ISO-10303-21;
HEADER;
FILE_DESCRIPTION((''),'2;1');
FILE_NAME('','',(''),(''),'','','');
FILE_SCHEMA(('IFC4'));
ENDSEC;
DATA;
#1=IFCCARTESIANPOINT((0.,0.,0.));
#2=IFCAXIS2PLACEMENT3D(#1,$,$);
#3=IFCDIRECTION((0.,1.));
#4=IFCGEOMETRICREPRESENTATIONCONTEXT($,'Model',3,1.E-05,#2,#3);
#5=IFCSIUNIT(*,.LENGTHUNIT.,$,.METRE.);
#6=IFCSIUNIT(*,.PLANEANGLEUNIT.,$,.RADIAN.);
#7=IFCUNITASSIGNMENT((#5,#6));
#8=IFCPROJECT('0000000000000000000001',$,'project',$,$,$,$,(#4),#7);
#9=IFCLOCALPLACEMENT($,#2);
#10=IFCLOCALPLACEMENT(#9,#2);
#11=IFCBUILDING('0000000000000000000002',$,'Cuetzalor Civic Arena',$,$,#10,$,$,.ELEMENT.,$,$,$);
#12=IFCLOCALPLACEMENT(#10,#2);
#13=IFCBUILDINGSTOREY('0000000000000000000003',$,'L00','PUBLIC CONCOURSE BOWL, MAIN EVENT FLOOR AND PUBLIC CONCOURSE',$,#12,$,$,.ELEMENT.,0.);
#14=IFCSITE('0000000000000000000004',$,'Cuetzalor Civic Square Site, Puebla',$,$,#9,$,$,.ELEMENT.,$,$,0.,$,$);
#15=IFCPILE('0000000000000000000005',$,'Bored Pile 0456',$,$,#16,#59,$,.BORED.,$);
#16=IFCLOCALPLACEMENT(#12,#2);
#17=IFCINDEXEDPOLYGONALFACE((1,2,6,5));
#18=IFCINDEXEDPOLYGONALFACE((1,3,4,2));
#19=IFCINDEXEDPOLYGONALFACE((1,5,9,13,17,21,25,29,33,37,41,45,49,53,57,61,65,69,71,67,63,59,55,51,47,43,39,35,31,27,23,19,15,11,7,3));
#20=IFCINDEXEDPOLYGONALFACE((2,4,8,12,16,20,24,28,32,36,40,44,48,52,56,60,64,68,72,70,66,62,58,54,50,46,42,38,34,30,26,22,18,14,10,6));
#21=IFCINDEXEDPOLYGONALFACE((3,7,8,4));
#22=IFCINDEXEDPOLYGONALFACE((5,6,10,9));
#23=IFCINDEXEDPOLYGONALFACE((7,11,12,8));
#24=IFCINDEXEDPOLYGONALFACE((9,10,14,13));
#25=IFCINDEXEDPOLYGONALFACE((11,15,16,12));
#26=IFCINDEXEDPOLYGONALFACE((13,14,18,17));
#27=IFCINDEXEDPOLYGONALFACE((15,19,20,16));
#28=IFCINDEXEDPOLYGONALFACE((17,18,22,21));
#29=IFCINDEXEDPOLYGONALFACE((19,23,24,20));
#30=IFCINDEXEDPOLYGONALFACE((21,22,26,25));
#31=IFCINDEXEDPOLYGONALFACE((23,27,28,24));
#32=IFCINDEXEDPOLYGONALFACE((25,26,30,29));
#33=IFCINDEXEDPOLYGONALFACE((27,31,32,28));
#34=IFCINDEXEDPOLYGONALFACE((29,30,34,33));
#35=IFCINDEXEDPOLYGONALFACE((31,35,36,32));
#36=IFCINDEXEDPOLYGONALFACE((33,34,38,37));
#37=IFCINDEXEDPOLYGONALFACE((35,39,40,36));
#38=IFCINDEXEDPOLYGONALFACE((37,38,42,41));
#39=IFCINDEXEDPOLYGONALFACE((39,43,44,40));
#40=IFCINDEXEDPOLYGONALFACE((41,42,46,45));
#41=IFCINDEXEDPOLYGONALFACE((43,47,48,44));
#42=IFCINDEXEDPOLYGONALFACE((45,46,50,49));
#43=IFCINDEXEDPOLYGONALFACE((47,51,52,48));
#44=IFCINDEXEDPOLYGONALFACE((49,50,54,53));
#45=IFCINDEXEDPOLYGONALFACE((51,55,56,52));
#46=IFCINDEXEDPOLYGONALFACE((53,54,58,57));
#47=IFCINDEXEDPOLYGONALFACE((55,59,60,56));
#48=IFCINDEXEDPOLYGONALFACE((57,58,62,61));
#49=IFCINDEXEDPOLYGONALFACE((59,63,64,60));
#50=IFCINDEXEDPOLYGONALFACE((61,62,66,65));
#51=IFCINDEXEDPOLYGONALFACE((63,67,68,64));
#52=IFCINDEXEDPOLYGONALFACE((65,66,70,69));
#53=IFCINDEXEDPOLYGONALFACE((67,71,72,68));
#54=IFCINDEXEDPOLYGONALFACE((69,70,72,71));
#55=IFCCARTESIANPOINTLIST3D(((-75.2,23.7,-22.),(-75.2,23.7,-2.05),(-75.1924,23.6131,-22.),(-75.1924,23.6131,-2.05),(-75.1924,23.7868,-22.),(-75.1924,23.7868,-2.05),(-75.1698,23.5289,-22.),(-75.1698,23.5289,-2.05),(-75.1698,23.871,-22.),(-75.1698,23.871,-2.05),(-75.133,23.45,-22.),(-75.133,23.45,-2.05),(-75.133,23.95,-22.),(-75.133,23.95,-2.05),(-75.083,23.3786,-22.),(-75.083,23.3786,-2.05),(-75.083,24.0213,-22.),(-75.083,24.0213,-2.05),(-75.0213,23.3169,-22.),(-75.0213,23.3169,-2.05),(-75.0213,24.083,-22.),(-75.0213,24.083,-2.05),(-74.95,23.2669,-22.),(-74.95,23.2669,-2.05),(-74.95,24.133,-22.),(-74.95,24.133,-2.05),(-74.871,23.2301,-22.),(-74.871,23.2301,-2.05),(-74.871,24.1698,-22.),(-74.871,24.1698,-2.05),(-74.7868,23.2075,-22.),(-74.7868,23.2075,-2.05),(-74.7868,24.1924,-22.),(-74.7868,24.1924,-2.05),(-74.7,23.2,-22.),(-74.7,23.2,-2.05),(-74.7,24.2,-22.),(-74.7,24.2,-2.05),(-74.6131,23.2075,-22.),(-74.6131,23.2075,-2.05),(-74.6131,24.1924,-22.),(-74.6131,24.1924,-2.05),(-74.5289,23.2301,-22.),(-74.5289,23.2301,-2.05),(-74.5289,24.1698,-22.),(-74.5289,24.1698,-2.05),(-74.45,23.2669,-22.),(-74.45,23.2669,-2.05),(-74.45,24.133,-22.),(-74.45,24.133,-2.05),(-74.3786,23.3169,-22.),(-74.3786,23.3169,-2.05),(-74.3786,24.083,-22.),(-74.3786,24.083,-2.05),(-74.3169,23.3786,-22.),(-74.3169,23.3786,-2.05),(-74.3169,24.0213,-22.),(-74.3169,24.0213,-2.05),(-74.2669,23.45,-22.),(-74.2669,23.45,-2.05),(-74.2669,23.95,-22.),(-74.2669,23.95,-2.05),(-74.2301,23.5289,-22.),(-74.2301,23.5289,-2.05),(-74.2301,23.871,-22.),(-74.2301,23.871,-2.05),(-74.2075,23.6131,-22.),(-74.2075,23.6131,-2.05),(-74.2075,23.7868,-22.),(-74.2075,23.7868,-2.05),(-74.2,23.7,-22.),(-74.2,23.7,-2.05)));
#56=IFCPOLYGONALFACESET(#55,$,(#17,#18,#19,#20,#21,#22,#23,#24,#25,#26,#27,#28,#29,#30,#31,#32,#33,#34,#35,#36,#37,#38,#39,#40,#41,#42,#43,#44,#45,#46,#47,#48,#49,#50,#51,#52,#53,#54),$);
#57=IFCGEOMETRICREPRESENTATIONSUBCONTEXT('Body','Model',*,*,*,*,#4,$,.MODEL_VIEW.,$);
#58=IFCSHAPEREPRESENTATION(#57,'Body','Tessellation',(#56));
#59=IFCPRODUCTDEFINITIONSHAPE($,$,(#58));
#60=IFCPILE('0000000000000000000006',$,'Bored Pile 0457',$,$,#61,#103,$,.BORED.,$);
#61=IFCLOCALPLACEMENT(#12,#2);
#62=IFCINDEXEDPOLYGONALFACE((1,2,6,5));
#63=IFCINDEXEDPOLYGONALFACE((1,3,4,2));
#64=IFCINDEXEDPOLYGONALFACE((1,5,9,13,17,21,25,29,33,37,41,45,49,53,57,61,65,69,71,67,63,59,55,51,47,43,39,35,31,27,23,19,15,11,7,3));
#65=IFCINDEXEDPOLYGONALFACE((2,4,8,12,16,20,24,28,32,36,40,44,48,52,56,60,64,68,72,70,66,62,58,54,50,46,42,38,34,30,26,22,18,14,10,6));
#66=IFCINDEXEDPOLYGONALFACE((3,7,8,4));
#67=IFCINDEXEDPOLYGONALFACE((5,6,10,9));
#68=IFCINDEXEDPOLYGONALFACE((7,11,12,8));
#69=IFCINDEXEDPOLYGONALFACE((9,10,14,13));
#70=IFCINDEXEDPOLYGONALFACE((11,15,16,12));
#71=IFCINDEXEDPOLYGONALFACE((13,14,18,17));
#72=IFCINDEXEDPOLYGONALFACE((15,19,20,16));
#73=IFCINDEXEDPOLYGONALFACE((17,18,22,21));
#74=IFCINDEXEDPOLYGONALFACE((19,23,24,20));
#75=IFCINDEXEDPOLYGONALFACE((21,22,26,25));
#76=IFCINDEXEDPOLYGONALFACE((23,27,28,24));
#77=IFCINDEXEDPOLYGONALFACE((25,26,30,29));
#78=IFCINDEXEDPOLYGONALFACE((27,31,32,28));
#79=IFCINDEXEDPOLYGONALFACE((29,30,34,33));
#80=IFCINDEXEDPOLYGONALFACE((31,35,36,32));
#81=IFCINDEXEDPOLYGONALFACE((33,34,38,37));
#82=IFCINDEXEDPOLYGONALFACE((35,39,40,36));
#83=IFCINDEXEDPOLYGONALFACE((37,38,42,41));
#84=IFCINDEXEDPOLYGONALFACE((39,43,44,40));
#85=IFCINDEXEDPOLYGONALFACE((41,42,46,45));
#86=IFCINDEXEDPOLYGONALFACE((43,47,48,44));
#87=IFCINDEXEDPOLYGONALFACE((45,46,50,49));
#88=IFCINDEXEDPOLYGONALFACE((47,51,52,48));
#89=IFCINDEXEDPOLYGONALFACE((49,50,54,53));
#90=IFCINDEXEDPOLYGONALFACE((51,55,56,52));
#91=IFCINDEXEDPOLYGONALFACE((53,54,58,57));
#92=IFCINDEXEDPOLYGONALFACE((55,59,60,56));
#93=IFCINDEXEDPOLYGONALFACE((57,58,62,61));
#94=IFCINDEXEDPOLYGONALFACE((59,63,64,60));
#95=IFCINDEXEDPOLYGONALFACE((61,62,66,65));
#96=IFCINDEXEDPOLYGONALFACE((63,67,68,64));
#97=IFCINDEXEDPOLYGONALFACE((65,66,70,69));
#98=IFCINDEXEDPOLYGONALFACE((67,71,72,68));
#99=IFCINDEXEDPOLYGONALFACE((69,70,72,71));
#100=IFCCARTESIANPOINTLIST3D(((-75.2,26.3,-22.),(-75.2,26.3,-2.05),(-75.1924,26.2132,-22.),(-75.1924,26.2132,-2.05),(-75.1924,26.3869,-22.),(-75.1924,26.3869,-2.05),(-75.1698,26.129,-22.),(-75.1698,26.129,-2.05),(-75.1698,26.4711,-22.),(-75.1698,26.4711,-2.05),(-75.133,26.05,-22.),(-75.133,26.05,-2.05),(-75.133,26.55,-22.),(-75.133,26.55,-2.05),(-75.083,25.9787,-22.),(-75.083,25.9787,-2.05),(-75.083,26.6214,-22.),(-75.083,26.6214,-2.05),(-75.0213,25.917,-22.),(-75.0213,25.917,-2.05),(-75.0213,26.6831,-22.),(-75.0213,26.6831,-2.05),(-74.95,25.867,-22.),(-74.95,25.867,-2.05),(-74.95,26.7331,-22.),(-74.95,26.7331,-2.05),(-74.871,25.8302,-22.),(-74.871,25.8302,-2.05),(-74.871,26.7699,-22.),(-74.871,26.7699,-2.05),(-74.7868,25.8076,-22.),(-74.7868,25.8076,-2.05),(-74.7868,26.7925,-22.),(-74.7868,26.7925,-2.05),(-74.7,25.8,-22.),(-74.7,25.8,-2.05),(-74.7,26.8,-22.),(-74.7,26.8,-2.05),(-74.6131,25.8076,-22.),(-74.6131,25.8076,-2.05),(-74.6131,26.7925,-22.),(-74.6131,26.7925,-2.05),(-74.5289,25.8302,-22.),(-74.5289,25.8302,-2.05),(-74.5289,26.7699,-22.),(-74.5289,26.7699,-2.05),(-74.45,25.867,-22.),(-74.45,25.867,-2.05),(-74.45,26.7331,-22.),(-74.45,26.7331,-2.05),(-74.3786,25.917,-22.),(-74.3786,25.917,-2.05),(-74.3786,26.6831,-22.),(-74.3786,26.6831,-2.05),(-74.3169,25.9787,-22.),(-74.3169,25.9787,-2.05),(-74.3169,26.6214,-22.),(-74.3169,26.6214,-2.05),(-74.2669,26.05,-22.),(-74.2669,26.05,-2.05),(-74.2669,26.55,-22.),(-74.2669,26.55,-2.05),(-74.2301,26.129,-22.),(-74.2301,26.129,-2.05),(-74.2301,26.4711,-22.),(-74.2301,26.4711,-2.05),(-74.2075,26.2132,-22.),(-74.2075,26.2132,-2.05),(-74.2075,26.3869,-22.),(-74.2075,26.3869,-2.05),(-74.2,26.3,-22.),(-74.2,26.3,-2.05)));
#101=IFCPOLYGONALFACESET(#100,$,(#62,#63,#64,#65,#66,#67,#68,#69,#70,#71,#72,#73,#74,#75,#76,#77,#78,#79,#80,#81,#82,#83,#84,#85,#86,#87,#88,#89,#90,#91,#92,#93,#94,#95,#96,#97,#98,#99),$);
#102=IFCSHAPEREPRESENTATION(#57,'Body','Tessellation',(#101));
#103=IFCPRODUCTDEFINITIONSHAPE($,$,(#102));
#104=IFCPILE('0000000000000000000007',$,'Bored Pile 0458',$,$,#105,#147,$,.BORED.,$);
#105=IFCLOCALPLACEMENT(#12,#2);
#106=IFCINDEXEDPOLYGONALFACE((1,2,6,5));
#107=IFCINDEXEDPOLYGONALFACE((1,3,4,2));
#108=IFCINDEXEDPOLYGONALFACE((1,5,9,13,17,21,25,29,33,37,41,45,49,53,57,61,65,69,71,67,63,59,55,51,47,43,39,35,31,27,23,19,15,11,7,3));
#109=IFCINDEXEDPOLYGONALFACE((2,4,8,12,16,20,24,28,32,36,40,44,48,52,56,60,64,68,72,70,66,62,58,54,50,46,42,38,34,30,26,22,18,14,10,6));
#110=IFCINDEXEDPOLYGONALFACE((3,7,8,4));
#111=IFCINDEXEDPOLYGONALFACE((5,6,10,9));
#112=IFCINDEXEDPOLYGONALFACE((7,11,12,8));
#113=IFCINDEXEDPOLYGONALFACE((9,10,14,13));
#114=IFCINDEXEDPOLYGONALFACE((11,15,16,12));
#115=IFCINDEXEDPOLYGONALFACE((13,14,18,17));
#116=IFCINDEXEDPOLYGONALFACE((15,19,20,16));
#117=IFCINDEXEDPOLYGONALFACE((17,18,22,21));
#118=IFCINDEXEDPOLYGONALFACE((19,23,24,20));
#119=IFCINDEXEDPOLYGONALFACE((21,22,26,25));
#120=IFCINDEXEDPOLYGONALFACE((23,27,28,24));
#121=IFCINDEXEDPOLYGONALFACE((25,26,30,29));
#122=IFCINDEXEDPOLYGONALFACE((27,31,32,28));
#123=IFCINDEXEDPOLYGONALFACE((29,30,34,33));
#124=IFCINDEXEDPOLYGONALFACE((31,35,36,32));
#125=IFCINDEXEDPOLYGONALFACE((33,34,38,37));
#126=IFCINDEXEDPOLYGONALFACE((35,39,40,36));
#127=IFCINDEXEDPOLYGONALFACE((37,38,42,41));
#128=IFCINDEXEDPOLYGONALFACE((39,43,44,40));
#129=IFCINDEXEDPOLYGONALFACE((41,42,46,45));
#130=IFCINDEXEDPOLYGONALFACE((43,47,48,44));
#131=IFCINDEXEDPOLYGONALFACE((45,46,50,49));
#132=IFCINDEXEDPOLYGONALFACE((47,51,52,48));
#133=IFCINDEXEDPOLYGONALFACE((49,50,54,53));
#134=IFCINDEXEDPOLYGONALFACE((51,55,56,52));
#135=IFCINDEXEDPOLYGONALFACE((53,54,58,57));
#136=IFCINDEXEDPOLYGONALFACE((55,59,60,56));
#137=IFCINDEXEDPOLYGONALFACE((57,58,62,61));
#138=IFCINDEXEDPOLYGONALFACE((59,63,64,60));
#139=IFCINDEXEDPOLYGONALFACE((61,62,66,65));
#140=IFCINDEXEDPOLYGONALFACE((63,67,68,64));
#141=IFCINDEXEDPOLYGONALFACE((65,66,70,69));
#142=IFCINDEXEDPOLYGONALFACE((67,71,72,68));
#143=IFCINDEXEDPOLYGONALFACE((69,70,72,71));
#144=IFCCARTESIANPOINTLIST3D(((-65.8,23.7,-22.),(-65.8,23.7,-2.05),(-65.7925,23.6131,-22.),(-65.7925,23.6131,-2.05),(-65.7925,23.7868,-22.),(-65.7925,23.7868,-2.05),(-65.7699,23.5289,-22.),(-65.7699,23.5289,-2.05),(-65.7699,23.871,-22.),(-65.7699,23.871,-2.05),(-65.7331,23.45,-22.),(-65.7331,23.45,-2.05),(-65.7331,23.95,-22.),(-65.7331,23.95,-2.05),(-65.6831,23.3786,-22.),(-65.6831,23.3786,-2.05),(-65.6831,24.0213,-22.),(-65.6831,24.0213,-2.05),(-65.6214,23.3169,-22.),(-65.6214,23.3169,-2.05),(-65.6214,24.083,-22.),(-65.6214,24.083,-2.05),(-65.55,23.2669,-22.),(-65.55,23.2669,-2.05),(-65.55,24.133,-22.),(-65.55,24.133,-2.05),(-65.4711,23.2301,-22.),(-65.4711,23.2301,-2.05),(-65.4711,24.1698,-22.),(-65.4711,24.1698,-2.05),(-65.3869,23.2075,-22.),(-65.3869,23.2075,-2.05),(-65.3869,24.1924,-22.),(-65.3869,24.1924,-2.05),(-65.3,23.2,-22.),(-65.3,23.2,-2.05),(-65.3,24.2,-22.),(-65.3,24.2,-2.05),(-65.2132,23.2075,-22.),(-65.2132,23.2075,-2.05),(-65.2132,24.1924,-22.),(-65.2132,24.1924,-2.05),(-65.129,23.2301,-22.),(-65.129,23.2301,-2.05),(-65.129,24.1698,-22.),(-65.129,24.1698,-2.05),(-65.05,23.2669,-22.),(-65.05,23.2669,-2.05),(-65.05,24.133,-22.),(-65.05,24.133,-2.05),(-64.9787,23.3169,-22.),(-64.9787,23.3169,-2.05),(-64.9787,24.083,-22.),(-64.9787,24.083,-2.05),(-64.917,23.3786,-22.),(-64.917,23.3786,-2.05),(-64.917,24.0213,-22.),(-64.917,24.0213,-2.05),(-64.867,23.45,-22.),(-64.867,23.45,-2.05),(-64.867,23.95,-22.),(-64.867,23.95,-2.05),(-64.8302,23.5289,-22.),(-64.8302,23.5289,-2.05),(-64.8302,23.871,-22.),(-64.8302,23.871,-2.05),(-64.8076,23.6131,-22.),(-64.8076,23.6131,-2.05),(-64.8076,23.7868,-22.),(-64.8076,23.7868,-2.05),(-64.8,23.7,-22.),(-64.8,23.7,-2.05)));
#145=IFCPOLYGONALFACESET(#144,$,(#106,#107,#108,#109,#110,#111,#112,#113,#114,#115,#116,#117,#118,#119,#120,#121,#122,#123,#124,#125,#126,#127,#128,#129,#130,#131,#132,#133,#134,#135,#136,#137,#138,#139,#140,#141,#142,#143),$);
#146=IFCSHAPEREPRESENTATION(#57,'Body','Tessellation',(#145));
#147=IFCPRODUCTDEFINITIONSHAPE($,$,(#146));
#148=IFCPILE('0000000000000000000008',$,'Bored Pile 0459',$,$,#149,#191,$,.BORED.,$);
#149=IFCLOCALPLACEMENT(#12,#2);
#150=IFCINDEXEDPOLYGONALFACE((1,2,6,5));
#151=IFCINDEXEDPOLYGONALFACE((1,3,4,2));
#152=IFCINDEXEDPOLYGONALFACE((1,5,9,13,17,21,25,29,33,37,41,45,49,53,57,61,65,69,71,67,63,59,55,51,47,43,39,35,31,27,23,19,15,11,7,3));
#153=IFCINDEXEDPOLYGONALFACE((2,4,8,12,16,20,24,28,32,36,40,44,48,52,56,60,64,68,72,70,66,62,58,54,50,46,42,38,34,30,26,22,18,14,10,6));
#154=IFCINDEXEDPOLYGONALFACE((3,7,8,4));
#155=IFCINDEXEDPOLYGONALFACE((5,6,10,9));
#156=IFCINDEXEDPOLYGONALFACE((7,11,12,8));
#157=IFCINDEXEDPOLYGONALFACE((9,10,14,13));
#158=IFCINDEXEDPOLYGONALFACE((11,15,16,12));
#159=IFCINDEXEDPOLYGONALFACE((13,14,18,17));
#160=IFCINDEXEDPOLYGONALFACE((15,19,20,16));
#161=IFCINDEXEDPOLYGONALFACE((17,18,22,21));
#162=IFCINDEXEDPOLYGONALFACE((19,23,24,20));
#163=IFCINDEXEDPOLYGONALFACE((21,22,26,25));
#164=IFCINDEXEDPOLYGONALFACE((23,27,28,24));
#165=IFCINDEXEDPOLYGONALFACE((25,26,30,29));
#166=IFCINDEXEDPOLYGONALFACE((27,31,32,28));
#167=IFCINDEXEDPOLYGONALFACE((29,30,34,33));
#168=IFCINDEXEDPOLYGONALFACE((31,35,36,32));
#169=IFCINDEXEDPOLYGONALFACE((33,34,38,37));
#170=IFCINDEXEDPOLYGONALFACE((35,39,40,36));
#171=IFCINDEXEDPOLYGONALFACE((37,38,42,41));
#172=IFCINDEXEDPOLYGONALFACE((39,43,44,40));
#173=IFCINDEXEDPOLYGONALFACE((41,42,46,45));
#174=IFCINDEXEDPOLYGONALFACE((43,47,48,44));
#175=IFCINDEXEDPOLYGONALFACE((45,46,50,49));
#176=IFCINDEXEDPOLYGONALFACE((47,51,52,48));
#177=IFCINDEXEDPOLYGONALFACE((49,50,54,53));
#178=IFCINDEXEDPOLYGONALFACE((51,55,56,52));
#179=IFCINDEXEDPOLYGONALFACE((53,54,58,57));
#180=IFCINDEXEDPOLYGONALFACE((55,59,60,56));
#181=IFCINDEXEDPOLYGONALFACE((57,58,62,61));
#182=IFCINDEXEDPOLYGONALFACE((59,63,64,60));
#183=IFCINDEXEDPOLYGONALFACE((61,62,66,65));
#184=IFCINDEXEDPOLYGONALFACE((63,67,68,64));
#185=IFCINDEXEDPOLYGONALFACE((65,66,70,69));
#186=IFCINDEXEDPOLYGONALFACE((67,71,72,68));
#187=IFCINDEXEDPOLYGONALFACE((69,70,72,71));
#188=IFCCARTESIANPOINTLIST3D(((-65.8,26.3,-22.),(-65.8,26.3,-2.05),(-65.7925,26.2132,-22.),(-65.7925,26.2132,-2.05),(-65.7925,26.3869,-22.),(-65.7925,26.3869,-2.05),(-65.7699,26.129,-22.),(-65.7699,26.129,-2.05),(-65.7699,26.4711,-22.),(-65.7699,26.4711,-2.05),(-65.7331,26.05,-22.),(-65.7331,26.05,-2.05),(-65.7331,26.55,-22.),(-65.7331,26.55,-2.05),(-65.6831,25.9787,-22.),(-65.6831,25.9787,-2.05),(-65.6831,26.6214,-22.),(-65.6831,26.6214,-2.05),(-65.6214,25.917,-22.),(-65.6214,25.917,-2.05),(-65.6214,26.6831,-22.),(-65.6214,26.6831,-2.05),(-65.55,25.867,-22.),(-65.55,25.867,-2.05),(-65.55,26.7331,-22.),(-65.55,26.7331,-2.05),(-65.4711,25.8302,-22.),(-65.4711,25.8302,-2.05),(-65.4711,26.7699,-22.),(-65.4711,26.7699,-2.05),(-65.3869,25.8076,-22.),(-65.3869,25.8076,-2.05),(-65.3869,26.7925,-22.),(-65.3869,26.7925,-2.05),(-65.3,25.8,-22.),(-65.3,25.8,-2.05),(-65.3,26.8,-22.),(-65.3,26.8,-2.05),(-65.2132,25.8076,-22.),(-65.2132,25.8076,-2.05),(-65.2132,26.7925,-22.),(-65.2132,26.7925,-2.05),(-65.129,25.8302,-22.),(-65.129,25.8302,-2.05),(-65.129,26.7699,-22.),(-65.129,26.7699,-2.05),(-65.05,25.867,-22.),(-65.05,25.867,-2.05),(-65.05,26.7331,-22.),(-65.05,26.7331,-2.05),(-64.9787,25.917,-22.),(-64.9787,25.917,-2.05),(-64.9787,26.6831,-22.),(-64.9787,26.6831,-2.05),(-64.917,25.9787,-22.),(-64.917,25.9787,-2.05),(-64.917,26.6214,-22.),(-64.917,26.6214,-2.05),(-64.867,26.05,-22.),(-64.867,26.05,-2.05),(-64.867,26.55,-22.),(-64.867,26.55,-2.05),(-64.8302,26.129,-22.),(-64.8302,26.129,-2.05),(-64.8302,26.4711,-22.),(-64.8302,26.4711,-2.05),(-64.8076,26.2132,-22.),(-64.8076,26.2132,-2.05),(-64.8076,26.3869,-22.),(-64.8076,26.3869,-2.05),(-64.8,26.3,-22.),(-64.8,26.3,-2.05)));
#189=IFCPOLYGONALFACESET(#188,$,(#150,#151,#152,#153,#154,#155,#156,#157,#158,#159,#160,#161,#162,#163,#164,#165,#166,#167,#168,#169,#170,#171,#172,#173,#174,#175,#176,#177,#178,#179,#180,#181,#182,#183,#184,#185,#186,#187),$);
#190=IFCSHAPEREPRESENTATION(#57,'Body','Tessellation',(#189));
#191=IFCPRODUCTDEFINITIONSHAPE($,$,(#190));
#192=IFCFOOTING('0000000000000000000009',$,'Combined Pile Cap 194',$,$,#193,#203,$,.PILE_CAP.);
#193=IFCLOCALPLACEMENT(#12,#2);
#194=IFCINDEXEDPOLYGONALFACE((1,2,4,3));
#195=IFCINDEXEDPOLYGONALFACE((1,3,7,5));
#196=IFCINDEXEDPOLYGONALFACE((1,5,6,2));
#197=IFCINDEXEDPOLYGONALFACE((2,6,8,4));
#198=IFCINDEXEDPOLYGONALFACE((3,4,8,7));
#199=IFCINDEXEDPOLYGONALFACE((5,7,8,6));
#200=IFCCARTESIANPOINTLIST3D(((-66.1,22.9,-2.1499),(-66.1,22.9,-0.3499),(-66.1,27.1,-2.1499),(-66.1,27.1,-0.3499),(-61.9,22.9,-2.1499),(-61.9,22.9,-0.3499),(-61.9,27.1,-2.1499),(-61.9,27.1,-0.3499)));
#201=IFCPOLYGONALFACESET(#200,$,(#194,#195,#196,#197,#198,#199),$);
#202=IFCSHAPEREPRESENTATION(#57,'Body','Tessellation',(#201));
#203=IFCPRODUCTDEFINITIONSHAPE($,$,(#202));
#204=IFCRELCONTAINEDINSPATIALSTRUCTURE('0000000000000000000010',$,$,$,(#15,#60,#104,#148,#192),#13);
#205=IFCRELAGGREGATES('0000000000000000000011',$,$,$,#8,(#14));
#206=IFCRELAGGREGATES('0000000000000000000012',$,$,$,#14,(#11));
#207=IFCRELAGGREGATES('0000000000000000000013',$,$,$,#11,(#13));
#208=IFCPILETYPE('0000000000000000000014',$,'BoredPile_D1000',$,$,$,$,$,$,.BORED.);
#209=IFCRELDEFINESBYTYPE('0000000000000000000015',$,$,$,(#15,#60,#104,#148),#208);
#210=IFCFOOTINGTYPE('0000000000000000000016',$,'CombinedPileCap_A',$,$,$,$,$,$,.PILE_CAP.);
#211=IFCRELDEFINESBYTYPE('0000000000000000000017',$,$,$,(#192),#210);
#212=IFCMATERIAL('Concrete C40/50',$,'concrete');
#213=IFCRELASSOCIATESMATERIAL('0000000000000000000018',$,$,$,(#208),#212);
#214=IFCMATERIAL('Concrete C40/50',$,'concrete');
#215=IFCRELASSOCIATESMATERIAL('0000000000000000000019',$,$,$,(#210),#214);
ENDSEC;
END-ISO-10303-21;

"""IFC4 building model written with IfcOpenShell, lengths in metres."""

from ifc_helpers import new_model, si_unit, direction, frame, origin, origin_2d, place, context, subcontext, project, spatial, rectangle, circle, extrude, material, material_profile, profile_set, type_object, element, save


model = new_model("IFC4")

# Units and contexts
model_context = context("Model", 3, precision=1e-05, world=origin(), true_north=direction((0.0, 1.0)))
body_context = subcontext(model_context, "Body", "Model", "MODEL_VIEW")
ifc_project = project(units=[si_unit("LENGTHUNIT", "METRE"), si_unit("PLANEANGLEUNIT", "RADIAN")], contexts=[model_context])

# Site, building, storey
site_placement = place(None, origin())
site = spatial("IfcSite", under=ifc_project, at=site_placement, Name="Cuetzalor Civic Square Site, Puebla", CompositionType="ELEMENT", RefElevation=0.0)
building_placement = place(site_placement, origin())
building = spatial("IfcBuilding", under=site, at=building_placement, Name="Cuetzalor Civic Arena", CompositionType="ELEMENT")
storey_placement = place(building_placement, origin())
storey = spatial("IfcBuildingStorey", under=building, at=storey_placement, Name="L00", Description="PUBLIC CONCOURSE BOWL, MAIN EVENT FLOOR AND PUBLIC CONCOURSE", CompositionType="ELEMENT", Elevation=0.0)

# Piles
ifc_material_1 = material(Name="Concrete C40/50", Category="concrete")
ifc_material_profile_1 = material_profile(ifc_material_1, circle(Radius=0.5, at=origin_2d()), Name="BORED PILE D1000")
ifc_profile_set_1 = profile_set([ifc_material_profile_1], Name="Concrete C40/50")
pile_type = type_object("IfcPileType", Name="BoredPile_D1000", PredefinedType="BORED", material=ifc_profile_set_1)
for number, where, z_axis, x_axis, name in (
    (1, (-74.7, 23.7, -2.05), (0.0, 0.0, -1.0), (1.0, 0.0, 0.0), "Bored Pile 0456"),
    (2, (-74.7, 26.3, -2.05), (0.0, 0.0, -1.0), (1.0, 0.0, 0.0), "Bored Pile 0457"),
    (3, (-65.3, 23.7, -2.05), (0.0, 0.0, -1.0), (1.0, 0.0, 0.0), "Bored Pile 0458"),
    (4, (-65.3, 26.3, -2.05), (0.0, 0.0, -1.0), (1.0, 0.0, 0.0), "Bored Pile 0459"),
):
    element("IfcPile", number, at=place(storey_placement, frame(where, z_axis=z_axis, x_axis=x_axis)), inside=storey, type_object=pile_type, Name=name, PredefinedType="BORED", context=body_context, shape_type="SweptSolid", body=[
        extrude(circle(Radius=0.5, at=origin_2d()), origin(), (0.0, 0.0, 1.0), 19.95),
    ])

# Footing
ifc_material_2 = material(Name="Concrete C40/50", Category="concrete")
footing_type_1 = type_object("IfcFootingType", Name="CombinedPileCap_A", PredefinedType="PILE_CAP", material=ifc_material_2)
footing_1_placement = place(storey_placement, frame((-64.0, 25.0, -2.1499), z_axis=(0.0, 0.0, 1.0), x_axis=(1.0, 0.0, 0.0)))
element("IfcFooting", 5, at=footing_1_placement, inside=storey, type_object=footing_type_1, Name="Combined Pile Cap 194", PredefinedType="PILE_CAP", context=body_context, shape_type="SweptSolid", body=[
    extrude(rectangle(XDim=4.2, YDim=4.2, at=origin_2d()), origin(), (0.0, 0.0, 1.0), 1.8),
])

save(model, "model.ifc")
